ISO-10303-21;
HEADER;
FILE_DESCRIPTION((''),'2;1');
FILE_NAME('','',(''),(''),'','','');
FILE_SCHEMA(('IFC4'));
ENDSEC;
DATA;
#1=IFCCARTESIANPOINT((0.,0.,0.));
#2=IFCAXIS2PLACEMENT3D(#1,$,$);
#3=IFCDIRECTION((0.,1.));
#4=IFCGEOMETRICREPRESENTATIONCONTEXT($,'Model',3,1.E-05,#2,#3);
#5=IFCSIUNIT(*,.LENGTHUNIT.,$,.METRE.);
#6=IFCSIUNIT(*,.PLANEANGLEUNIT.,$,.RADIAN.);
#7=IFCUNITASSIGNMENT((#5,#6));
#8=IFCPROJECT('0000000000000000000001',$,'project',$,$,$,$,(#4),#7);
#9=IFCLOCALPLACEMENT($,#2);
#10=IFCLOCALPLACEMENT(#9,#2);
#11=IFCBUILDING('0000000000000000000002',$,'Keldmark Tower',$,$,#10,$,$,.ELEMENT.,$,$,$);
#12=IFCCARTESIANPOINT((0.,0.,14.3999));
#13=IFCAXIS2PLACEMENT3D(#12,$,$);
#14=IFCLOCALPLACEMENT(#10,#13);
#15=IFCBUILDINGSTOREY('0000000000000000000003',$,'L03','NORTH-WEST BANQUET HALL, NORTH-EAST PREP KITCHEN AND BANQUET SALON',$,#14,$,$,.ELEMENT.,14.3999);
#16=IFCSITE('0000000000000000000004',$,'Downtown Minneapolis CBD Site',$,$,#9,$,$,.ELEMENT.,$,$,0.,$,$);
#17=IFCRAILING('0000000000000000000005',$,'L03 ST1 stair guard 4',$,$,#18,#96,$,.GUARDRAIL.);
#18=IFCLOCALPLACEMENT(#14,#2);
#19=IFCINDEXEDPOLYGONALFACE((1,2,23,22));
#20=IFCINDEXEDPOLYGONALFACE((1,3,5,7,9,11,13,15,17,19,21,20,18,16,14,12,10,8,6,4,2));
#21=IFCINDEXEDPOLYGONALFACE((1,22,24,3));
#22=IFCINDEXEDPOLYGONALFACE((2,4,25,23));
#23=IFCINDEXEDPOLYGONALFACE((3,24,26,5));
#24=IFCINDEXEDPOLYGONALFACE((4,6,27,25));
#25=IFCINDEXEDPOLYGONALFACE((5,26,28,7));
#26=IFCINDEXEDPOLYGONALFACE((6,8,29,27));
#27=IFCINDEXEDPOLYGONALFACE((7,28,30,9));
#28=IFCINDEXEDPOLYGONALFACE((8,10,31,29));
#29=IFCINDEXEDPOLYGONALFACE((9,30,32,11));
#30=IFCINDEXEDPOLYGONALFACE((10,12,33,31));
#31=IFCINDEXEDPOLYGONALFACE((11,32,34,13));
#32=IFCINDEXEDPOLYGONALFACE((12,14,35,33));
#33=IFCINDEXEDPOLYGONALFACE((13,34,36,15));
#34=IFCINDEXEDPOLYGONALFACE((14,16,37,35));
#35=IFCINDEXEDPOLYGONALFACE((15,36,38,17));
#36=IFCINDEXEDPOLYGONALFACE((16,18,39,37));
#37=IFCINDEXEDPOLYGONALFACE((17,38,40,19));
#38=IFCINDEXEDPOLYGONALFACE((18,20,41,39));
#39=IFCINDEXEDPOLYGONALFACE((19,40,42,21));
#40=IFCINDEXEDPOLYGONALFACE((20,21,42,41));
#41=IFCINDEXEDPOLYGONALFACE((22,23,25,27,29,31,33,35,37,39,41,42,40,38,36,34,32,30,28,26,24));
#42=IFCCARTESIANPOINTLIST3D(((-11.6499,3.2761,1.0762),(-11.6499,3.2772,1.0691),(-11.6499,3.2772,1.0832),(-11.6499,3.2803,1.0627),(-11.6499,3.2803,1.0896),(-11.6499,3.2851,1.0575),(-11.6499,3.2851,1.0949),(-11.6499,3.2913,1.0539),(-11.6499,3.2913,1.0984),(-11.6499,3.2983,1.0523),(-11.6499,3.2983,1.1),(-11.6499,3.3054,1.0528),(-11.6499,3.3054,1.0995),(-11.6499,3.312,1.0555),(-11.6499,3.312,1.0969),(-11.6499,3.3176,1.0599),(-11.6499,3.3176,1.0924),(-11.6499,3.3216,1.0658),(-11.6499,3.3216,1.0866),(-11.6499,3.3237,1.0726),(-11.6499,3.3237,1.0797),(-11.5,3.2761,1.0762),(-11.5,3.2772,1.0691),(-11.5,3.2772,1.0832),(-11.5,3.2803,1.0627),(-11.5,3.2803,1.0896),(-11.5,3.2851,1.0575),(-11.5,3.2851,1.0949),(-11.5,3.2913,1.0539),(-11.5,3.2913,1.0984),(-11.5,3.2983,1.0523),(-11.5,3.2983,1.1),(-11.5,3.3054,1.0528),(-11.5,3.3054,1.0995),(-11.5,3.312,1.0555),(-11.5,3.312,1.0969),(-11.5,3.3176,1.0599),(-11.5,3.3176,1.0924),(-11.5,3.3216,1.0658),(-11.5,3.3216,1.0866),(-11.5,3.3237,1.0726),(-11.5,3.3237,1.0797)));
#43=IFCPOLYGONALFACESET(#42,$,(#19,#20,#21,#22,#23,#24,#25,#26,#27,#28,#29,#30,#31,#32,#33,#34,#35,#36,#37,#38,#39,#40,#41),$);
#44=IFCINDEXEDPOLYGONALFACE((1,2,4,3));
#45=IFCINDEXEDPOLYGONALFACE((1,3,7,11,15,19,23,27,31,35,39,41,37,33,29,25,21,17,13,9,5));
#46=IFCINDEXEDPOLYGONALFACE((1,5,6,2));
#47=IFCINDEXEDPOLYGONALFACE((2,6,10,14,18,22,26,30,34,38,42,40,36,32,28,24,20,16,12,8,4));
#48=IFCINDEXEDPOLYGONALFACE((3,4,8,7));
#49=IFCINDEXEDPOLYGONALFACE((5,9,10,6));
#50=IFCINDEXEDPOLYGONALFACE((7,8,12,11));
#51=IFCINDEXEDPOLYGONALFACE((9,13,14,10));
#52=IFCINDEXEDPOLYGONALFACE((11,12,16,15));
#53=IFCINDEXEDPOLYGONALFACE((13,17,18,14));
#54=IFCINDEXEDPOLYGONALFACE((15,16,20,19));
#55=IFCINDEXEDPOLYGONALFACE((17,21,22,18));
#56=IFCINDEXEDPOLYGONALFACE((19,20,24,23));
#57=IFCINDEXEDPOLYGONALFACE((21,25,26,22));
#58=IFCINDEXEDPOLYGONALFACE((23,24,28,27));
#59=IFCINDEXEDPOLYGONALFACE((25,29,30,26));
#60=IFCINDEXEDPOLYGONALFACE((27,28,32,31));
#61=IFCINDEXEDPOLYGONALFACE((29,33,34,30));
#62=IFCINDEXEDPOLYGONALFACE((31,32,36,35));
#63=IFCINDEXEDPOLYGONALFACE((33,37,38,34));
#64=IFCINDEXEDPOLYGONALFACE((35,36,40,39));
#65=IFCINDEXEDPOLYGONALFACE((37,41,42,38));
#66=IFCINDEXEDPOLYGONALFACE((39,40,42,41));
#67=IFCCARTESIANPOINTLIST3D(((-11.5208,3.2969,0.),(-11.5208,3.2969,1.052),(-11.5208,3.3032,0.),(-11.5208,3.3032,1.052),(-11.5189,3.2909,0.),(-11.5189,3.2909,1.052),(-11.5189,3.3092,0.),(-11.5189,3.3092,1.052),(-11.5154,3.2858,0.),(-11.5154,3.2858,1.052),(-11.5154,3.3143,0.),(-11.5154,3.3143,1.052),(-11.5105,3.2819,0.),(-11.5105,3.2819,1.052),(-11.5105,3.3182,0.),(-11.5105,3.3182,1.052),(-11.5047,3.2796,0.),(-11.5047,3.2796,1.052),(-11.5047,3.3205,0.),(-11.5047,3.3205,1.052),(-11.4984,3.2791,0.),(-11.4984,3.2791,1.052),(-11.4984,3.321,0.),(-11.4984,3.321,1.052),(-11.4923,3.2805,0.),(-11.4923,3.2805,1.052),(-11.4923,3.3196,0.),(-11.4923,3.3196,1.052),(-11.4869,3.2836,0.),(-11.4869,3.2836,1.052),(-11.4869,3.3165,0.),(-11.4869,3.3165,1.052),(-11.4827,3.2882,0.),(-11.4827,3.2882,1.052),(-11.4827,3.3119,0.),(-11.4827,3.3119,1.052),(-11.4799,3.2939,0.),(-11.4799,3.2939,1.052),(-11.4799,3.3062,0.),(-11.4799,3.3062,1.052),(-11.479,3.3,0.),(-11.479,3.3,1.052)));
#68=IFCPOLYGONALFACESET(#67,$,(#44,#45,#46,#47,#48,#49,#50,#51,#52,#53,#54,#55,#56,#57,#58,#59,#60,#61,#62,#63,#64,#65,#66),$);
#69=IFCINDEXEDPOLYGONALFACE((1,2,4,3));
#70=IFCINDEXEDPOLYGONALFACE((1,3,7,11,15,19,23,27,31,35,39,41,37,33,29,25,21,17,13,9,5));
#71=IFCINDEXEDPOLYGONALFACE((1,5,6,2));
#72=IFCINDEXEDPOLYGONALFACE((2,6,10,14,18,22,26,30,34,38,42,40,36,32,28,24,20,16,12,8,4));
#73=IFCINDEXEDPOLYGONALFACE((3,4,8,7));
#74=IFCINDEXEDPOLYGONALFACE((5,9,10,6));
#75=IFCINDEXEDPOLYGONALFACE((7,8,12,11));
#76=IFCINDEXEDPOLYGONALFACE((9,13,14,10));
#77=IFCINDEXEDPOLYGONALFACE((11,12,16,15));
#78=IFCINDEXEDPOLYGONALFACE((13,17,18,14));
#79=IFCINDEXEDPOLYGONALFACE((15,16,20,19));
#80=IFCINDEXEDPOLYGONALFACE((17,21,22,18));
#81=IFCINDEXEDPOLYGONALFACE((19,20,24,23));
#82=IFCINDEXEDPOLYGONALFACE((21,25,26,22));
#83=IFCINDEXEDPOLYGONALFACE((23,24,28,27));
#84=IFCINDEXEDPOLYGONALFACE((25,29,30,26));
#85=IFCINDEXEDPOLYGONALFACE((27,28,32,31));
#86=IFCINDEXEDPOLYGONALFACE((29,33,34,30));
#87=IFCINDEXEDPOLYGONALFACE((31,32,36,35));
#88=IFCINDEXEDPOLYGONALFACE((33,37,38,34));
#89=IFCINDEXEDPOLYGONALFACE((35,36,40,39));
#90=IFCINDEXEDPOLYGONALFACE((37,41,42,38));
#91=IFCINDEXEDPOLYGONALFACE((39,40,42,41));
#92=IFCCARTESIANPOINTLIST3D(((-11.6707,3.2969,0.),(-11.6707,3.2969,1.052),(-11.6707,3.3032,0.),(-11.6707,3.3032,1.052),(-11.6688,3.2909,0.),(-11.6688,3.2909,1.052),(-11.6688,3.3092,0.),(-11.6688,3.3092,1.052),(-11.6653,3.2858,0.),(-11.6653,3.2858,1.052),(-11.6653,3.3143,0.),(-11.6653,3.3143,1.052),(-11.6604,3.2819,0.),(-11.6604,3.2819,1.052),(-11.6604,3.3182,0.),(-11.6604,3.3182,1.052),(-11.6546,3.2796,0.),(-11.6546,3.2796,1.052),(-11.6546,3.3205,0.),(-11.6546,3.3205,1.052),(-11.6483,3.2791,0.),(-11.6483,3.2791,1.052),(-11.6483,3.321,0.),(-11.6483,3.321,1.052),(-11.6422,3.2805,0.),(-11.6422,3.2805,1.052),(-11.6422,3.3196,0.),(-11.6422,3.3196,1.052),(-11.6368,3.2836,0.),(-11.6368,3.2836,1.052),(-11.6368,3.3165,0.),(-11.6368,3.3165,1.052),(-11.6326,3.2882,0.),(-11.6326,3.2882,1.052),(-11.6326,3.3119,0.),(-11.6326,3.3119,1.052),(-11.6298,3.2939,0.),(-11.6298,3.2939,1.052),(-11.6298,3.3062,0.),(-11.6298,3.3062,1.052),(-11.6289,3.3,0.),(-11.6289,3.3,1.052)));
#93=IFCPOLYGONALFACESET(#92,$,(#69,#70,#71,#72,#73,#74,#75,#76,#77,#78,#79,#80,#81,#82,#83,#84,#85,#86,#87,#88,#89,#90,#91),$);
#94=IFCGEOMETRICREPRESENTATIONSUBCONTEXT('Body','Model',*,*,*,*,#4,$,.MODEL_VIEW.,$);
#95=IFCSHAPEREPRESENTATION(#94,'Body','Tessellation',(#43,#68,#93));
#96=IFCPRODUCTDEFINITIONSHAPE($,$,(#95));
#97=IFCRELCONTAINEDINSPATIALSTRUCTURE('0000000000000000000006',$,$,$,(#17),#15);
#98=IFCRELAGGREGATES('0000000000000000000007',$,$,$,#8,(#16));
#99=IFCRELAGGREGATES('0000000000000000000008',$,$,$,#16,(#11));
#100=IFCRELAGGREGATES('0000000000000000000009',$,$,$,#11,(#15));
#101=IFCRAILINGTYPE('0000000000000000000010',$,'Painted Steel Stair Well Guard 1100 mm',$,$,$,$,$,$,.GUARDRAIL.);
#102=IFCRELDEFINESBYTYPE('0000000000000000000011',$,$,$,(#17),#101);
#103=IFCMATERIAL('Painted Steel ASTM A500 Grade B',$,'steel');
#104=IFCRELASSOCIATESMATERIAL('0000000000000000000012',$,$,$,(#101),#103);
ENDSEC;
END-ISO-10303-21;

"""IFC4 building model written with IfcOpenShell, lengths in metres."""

from ifc_helpers import new_model, si_unit, direction, frame, origin, origin_2d, place, context, subcontext, project, spatial, circle, extrude, material, type_object, element, save


model = new_model("IFC4")

# Units and contexts
model_context = context("Model", 3, precision=1e-05, world=origin(), true_north=direction((0.0, 1.0)))
body_context = subcontext(model_context, "Body", "Model", "MODEL_VIEW")
ifc_project = project(units=[si_unit("LENGTHUNIT", "METRE"), si_unit("PLANEANGLEUNIT", "RADIAN")], contexts=[model_context])

# Site, building, storey
site_placement = place(None, origin())
site = spatial("IfcSite", under=ifc_project, at=site_placement, Name="Downtown Minneapolis CBD Site", CompositionType="ELEMENT", RefElevation=0.0)
building_placement = place(site_placement, origin())
building = spatial("IfcBuilding", under=site, at=building_placement, Name="Keldmark Tower", CompositionType="ELEMENT")
storey_placement = place(building_placement, frame((0.0, 0.0, 14.3999)))
storey = spatial("IfcBuildingStorey", under=building, at=storey_placement, Name="L03", Description="NORTH-WEST BANQUET HALL, NORTH-EAST PREP KITCHEN AND BANQUET SALON", CompositionType="ELEMENT", Elevation=14.3999)

# Railing
ifc_material_1 = material(Name="Painted Steel ASTM A500 Grade B", Category="steel")
railing_type_1 = type_object("IfcRailingType", Name="Painted Steel Stair Well Guard 1100 mm", PredefinedType="GUARDRAIL", material=ifc_material_1)
railing_1_placement = place(storey_placement, frame((-11.5, 3.3, 0.0)))
element("IfcRailing", 1, at=railing_1_placement, inside=storey, type_object=railing_type_1, Name="L03 ST1 stair guard 4", PredefinedType="GUARDRAIL", context=body_context, shape_type="SweptSolid", body=[
    extrude(circle(Radius=0.0239, at=origin_2d()), frame((0.0, 0.0, 1.0762), z_axis=(-1.0, 0.0, 0.0), x_axis=(0.0, -1.0, 0.0)), (0.0, 0.0, 1.0), 0.1499),
    extrude(circle(Radius=0.021, at=origin_2d()), origin(), (0.0, 0.0, 1.0), 1.052),
    extrude(circle(Radius=0.021, at=origin_2d()), frame((-0.1499, 0.0, 0.0)), (0.0, 0.0, 1.0), 1.052),
])

save(model, "model.ifc")
